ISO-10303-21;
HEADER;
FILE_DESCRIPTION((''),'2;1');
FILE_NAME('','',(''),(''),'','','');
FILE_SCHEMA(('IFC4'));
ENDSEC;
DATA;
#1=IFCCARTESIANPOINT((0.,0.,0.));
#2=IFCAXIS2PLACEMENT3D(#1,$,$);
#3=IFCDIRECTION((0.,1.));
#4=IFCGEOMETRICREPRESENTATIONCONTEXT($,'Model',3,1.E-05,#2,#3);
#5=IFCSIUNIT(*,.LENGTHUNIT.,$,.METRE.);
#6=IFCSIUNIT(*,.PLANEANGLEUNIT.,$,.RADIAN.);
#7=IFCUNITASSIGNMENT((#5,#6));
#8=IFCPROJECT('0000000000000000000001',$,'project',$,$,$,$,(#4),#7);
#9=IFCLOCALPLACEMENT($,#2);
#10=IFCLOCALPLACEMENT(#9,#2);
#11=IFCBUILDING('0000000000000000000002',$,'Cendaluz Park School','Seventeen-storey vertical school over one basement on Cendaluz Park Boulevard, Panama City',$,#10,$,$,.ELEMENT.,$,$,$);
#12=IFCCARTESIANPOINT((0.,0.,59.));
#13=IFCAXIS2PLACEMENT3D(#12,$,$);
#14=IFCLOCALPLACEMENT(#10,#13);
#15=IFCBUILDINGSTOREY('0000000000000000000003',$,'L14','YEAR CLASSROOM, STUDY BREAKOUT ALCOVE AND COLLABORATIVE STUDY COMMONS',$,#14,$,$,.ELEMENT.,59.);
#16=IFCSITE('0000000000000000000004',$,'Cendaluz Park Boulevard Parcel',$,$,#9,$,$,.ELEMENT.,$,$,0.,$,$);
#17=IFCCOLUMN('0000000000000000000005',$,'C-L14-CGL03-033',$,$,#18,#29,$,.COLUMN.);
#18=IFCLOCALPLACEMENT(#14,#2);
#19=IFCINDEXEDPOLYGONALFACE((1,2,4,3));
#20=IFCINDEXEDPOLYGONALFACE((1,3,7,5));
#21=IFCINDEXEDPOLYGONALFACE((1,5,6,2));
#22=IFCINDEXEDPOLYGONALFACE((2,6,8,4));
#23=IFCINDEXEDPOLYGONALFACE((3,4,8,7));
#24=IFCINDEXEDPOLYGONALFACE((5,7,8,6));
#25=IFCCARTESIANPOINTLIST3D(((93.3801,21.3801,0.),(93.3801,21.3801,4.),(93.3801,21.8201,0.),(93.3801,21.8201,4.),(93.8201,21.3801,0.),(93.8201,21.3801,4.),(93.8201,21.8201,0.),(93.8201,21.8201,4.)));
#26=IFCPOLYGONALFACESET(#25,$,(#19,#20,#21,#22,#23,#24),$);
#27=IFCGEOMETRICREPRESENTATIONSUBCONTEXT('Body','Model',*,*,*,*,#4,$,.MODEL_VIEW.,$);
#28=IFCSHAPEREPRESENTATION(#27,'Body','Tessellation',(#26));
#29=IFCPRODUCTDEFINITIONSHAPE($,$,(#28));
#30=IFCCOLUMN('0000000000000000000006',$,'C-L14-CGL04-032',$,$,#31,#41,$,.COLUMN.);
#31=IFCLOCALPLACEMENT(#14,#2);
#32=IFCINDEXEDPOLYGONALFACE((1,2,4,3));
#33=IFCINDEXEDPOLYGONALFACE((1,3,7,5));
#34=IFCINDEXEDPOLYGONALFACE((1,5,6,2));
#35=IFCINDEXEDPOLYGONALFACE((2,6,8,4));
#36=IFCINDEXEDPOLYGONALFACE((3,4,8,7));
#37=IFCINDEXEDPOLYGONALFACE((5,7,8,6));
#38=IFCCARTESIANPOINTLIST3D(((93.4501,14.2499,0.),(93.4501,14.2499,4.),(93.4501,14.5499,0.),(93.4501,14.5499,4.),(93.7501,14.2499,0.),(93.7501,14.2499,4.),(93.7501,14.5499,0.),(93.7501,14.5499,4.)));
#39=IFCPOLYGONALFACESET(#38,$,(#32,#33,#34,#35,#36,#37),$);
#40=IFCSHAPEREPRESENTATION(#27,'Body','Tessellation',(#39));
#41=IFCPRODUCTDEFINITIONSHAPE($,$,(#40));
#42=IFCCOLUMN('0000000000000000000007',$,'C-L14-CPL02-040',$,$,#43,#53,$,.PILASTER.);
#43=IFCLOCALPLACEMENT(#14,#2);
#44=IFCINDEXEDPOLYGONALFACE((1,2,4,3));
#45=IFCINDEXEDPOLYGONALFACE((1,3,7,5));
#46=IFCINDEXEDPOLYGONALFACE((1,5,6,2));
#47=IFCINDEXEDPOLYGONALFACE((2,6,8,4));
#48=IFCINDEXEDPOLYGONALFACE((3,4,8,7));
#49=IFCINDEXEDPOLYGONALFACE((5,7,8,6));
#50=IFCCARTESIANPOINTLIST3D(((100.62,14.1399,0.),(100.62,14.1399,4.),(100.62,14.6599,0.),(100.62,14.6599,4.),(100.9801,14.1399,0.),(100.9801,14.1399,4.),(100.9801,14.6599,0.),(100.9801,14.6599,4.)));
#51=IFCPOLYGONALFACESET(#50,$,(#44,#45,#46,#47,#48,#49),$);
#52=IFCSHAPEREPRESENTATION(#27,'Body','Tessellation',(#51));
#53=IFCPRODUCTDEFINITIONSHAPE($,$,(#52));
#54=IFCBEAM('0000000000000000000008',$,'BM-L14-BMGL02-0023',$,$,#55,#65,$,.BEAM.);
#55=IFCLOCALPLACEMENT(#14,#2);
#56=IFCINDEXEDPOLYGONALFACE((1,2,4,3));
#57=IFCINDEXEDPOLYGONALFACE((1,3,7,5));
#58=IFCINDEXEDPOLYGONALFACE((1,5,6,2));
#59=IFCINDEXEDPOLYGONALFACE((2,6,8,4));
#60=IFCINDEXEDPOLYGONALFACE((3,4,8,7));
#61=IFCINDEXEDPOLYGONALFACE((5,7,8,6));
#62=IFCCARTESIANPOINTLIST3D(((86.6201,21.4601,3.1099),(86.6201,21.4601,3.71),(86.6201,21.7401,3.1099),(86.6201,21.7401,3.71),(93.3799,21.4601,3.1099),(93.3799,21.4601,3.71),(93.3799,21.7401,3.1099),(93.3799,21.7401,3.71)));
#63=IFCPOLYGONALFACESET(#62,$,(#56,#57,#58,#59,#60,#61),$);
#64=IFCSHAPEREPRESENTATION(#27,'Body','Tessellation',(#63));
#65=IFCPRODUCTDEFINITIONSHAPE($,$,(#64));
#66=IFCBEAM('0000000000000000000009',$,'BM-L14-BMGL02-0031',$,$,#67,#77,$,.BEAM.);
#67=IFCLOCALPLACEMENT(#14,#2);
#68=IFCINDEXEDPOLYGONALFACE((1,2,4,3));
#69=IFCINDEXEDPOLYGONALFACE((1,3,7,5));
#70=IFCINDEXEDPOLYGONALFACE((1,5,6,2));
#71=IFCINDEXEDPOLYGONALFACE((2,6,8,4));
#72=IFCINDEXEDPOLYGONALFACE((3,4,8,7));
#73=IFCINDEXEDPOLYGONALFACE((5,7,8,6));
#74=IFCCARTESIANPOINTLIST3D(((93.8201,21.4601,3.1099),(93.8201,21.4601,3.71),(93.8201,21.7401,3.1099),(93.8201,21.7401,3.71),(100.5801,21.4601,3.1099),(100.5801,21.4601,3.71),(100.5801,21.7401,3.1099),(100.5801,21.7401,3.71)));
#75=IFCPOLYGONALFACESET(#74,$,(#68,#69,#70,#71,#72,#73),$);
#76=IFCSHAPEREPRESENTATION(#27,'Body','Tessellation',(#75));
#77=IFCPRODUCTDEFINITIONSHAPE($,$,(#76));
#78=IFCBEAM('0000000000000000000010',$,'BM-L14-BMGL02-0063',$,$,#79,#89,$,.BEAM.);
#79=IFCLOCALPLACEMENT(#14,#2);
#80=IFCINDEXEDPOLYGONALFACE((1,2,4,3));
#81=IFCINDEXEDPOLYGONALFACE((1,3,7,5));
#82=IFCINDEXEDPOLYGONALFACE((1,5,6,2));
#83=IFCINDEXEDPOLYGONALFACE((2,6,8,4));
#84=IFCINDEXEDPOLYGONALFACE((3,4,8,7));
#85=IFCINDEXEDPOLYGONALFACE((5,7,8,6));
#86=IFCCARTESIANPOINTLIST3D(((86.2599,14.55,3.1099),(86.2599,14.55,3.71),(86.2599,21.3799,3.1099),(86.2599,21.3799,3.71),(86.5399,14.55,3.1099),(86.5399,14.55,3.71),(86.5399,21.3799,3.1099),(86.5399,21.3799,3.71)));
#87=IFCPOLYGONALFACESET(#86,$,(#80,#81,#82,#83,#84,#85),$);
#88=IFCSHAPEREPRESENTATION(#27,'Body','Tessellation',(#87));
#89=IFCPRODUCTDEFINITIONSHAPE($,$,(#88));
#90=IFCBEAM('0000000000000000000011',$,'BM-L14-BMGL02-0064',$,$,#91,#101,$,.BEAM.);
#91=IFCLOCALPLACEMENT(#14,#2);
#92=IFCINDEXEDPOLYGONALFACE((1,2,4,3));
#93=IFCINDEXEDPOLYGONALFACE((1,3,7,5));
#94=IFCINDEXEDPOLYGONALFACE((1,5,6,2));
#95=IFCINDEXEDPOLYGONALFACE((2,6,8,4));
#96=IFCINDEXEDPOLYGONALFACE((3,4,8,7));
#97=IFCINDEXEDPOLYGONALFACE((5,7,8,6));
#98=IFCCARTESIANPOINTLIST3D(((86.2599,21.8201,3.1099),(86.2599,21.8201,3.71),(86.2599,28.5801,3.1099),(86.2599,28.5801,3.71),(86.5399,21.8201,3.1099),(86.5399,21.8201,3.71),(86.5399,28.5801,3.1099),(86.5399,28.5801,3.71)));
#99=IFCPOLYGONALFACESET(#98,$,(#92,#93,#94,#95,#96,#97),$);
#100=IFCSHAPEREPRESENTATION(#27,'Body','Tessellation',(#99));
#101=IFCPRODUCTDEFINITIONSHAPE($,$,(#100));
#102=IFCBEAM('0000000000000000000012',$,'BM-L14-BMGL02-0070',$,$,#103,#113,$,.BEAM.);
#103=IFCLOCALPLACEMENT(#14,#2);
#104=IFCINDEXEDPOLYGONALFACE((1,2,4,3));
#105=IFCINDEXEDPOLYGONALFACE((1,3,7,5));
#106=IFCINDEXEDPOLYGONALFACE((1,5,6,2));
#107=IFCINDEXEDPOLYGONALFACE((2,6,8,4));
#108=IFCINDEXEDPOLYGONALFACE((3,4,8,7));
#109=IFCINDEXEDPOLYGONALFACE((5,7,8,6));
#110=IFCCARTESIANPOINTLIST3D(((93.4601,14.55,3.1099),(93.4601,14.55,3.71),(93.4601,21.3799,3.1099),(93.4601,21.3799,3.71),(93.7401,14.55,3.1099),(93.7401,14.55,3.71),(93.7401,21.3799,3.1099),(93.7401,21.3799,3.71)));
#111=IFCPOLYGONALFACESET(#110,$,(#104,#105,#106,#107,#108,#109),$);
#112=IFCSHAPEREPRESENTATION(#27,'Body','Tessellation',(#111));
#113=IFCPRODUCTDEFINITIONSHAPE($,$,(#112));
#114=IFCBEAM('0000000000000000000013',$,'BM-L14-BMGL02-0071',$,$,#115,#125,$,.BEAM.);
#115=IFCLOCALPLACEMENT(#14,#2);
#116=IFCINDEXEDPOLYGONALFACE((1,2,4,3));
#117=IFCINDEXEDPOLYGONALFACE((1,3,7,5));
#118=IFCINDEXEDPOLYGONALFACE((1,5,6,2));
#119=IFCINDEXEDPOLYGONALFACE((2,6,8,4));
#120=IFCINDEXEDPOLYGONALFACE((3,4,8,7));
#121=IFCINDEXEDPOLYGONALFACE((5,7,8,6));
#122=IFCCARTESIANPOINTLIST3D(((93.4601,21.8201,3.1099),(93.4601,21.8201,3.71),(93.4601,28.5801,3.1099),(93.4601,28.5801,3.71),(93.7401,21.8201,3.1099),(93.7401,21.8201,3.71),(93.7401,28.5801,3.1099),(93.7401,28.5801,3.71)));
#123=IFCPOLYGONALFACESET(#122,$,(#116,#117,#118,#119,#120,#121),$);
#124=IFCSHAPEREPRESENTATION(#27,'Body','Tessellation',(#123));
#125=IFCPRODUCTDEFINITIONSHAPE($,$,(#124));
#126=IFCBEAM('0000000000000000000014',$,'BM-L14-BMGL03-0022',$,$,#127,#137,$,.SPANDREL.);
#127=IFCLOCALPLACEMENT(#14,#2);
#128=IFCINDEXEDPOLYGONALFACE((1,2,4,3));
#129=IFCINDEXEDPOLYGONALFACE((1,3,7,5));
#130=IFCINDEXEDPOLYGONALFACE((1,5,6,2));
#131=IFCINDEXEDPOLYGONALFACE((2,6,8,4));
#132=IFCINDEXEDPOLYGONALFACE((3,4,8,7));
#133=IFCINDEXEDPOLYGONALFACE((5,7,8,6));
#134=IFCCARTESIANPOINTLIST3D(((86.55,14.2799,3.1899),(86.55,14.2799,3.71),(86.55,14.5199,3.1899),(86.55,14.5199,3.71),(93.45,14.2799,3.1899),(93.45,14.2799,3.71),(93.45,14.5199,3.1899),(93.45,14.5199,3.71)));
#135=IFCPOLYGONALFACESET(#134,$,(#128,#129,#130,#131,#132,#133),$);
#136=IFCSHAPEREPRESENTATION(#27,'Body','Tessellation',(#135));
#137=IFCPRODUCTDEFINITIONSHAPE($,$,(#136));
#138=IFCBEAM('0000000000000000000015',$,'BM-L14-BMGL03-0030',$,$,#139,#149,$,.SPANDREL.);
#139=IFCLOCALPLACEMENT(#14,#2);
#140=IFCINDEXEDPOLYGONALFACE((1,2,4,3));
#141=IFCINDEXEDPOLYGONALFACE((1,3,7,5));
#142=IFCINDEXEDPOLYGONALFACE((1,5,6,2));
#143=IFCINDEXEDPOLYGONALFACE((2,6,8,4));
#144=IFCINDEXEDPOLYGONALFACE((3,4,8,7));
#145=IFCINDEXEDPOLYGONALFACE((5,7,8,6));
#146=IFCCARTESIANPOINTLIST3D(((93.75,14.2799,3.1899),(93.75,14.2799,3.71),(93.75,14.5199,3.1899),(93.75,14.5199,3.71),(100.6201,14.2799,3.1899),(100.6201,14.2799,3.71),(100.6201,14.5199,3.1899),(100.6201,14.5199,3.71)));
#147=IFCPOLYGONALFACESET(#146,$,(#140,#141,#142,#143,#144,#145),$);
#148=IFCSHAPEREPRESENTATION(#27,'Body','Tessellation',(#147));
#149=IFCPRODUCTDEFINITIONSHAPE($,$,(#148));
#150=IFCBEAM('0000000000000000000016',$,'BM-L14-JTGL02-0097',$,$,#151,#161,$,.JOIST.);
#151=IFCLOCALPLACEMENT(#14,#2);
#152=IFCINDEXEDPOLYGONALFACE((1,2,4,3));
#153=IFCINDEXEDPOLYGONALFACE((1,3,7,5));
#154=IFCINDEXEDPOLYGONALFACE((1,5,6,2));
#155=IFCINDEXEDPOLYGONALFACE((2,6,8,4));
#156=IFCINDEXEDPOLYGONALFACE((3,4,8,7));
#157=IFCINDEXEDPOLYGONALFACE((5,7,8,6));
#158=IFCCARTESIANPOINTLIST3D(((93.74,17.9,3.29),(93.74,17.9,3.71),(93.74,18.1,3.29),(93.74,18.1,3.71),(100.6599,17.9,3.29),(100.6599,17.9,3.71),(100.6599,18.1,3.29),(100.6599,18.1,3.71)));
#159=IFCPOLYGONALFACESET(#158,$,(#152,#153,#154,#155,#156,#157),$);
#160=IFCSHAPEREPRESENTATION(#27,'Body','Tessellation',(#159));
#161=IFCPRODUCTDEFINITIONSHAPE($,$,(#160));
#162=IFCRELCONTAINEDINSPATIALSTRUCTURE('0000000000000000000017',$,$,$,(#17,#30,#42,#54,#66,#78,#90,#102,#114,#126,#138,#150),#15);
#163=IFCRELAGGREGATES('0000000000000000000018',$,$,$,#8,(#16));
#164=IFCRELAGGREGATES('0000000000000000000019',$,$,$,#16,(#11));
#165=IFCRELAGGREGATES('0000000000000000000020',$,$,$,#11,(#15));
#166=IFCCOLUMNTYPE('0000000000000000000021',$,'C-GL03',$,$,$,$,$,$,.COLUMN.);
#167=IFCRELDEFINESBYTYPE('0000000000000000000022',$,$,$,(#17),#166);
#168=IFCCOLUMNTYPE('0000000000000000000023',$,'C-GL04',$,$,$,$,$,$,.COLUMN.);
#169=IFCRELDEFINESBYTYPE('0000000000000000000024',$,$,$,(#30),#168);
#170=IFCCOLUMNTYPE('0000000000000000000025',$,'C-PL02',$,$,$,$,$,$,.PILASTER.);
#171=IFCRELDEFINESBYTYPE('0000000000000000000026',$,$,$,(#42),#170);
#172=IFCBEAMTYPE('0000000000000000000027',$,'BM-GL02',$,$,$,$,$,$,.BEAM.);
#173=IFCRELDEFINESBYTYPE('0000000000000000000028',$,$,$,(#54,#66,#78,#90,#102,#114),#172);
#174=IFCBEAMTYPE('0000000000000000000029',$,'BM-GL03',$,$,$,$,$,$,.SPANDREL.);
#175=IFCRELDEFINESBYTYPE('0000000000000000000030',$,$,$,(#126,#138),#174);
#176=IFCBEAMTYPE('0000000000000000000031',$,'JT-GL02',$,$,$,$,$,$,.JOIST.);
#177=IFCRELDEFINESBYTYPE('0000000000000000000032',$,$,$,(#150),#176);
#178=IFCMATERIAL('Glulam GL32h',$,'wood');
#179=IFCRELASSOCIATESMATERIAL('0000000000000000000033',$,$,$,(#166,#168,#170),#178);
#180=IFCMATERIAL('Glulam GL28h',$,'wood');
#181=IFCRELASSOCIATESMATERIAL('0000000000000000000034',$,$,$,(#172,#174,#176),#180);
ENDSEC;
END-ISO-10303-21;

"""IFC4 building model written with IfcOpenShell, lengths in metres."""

from ifc_helpers import new_model, si_unit, direction, frame, origin, origin_2d, place, context, subcontext, project, spatial, rectangle, extrude, material, material_profile, profile_set, type_object, element, save


model = new_model("IFC4")

# Units and contexts
model_context = context("Model", 3, precision=1e-05, world=origin(), true_north=direction((0.0, 1.0)))
body_context = subcontext(model_context, "Body", "Model", "MODEL_VIEW")
ifc_project = project(units=[si_unit("LENGTHUNIT", "METRE"), si_unit("PLANEANGLEUNIT", "RADIAN")], contexts=[model_context])

# Site, building, storey
site_placement = place(None, origin())
site = spatial("IfcSite", under=ifc_project, at=site_placement, Name="Cendaluz Park Boulevard Parcel", CompositionType="ELEMENT", RefElevation=0.0)
building_placement = place(site_placement, origin())
building = spatial("IfcBuilding", under=site, at=building_placement, Name="Cendaluz Park School", Description="Seventeen-storey vertical school over one basement on Cendaluz Park Boulevard, Panama City", CompositionType="ELEMENT")
storey_placement = place(building_placement, frame((0.0, 0.0, 59.0)))
storey = spatial("IfcBuildingStorey", under=building, at=storey_placement, Name="L14", Description="YEAR CLASSROOM, STUDY BREAKOUT ALCOVE AND COLLABORATIVE STUDY COMMONS", CompositionType="ELEMENT", Elevation=59.0)

# Columns
ifc_material_1 = material(Name="Glulam GL32h", Category="wood")
ifc_material_profile_1 = material_profile(ifc_material_1, rectangle(XDim=0.4399, YDim=0.4399, at=origin_2d()), Name="GL32h 440x440", Category="wood")
ifc_profile_set_1 = profile_set([ifc_material_profile_1], Name="Glulam GL32h")
column_type_1 = type_object("IfcColumnType", Name="C-GL03", PredefinedType="COLUMN", material=ifc_profile_set_1)
column_1_placement = place(storey_placement, frame((93.6001, 21.6001, 0.0), z_axis=(0.0, 0.0, 1.0), x_axis=(1.0, 0.0, 0.0)))
element("IfcColumn", 1, at=column_1_placement, inside=storey, type_object=column_type_1, Name="C-L14-CGL03-033", PredefinedType="COLUMN", context=body_context, shape_type="SweptSolid", body=[
    extrude(rectangle(XDim=0.4399, YDim=0.4399, at=origin_2d()), origin(), (0.0, 0.0, 1.0), 4.0),
])
ifc_material_profile_2 = material_profile(ifc_material_1, rectangle(XDim=0.3, YDim=0.3, at=origin_2d()), Name="GL32h 300x300", Category="wood")
ifc_profile_set_2 = profile_set([ifc_material_profile_2], Name="Glulam GL32h")
column_type_2 = type_object("IfcColumnType", Name="C-GL04", PredefinedType="COLUMN", material=ifc_profile_set_2)
column_2_placement = place(storey_placement, frame((93.6001, 14.3999, 0.0), z_axis=(0.0, 0.0, 1.0), x_axis=(1.0, 0.0, 0.0)))
element("IfcColumn", 2, at=column_2_placement, inside=storey, type_object=column_type_2, Name="C-L14-CGL04-032", PredefinedType="COLUMN", context=body_context, shape_type="SweptSolid", body=[
    extrude(rectangle(XDim=0.3, YDim=0.3, at=origin_2d()), origin(), (0.0, 0.0, 1.0), 4.0),
])
ifc_material_profile_3 = material_profile(ifc_material_1, rectangle(XDim=0.3601, YDim=0.52, at=origin_2d()), Name="GL32h 360x520", Category="wood")
ifc_profile_set_3 = profile_set([ifc_material_profile_3], Name="Glulam GL32h")
column_type_3 = type_object("IfcColumnType", Name="C-PL02", PredefinedType="PILASTER", material=ifc_profile_set_3)
column_3_placement = place(storey_placement, frame((100.8, 14.3999, 0.0), z_axis=(0.0, 0.0, 1.0), x_axis=(1.0, 0.0, 0.0)))
element("IfcColumn", 3, at=column_3_placement, inside=storey, type_object=column_type_3, Name="C-L14-CPL02-040", PredefinedType="PILASTER", context=body_context, shape_type="SweptSolid", body=[
    extrude(rectangle(XDim=0.3601, YDim=0.52, at=origin_2d()), origin(), (0.0, 0.0, 1.0), 4.0),
])

# Beams
ifc_material_2 = material(Name="Glulam GL28h", Category="wood")
ifc_material_profile_4 = material_profile(ifc_material_2, rectangle(XDim=0.28, YDim=0.6001, at=origin_2d()), Name="GL28h 280x600", Category="wood")
ifc_profile_set_4 = profile_set([ifc_material_profile_4], Name="Glulam GL28h")
beam_type_1 = type_object("IfcBeamType", Name="BM-GL02", PredefinedType="BEAM", material=ifc_profile_set_4)
beam_1_placement = place(storey_placement, frame((86.6201, 21.6001, 3.4099), z_axis=(1.0, 0.0, 0.0), x_axis=(0.0, 1.0, 0.0)))
element("IfcBeam", 4, at=beam_1_placement, inside=storey, type_object=beam_type_1, Name="BM-L14-BMGL02-0023", PredefinedType="BEAM", context=body_context, shape_type="SweptSolid", body=[
    extrude(rectangle(XDim=0.28, YDim=0.6001, at=origin_2d()), origin(), (0.0, 0.0, 1.0), 6.7598),
])
beam_2_placement = place(storey_placement, frame((93.8201, 21.6001, 3.4099), z_axis=(1.0, 0.0, 0.0), x_axis=(0.0, 1.0, 0.0)))
element("IfcBeam", 5, at=beam_2_placement, inside=storey, type_object=beam_type_1, Name="BM-L14-BMGL02-0031", PredefinedType="BEAM", context=body_context, shape_type="SweptSolid", body=[
    extrude(rectangle(XDim=0.28, YDim=0.6001, at=origin_2d()), origin(), (0.0, 0.0, 1.0), 6.76),
])
beam_3_placement = place(storey_placement, frame((86.3999, 14.55, 3.4099), z_axis=(0.0, 1.0, 0.0), x_axis=(-1.0, 0.0, 0.0)))
element("IfcBeam", 6, at=beam_3_placement, inside=storey, type_object=beam_type_1, Name="BM-L14-BMGL02-0063", PredefinedType="BEAM", context=body_context, shape_type="SweptSolid", body=[
    extrude(rectangle(XDim=0.28, YDim=0.6001, at=origin_2d()), origin(), (0.0, 0.0, 1.0), 6.8298),
])
beam_4_placement = place(storey_placement, frame((86.3999, 21.8201, 3.4099), z_axis=(0.0, 1.0, 0.0), x_axis=(-1.0, 0.0, 0.0)))
element("IfcBeam", 7, at=beam_4_placement, inside=storey, type_object=beam_type_1, Name="BM-L14-BMGL02-0064", PredefinedType="BEAM", context=body_context, shape_type="SweptSolid", body=[
    extrude(rectangle(XDim=0.28, YDim=0.6001, at=origin_2d()), origin(), (0.0, 0.0, 1.0), 6.76),
])
beam_5_placement = place(storey_placement, frame((93.6001, 14.55, 3.4099), z_axis=(0.0, 1.0, 0.0), x_axis=(-1.0, 0.0, 0.0)))
element("IfcBeam", 8, at=beam_5_placement, inside=storey, type_object=beam_type_1, Name="BM-L14-BMGL02-0070", PredefinedType="BEAM", context=body_context, shape_type="SweptSolid", body=[
    extrude(rectangle(XDim=0.28, YDim=0.6001, at=origin_2d()), origin(), (0.0, 0.0, 1.0), 6.8298),
])
beam_6_placement = place(storey_placement, frame((93.6001, 21.8201, 3.4099), z_axis=(0.0, 1.0, 0.0), x_axis=(-1.0, 0.0, 0.0)))
element("IfcBeam", 9, at=beam_6_placement, inside=storey, type_object=beam_type_1, Name="BM-L14-BMGL02-0071", PredefinedType="BEAM", context=body_context, shape_type="SweptSolid", body=[
    extrude(rectangle(XDim=0.28, YDim=0.6001, at=origin_2d()), origin(), (0.0, 0.0, 1.0), 6.76),
])
ifc_material_profile_5 = material_profile(ifc_material_2, rectangle(XDim=0.24, YDim=0.52, at=origin_2d()), Name="GL28h 240x520", Category="wood")
ifc_profile_set_5 = profile_set([ifc_material_profile_5], Name="Glulam GL28h")
beam_type_2 = type_object("IfcBeamType", Name="BM-GL03", PredefinedType="SPANDREL", material=ifc_profile_set_5)
beam_7_placement = place(storey_placement, frame((86.55, 14.3999, 3.45), z_axis=(1.0, 0.0, 0.0), x_axis=(0.0, 1.0, 0.0)))
element("IfcBeam", 10, at=beam_7_placement, inside=storey, type_object=beam_type_2, Name="BM-L14-BMGL03-0022", PredefinedType="SPANDREL", context=body_context, shape_type="SweptSolid", body=[
    extrude(rectangle(XDim=0.24, YDim=0.52, at=origin_2d()), origin(), (0.0, 0.0, 1.0), 6.8999),
])
beam_8_placement = place(storey_placement, frame((93.75, 14.3999, 3.45), z_axis=(1.0, 0.0, 0.0), x_axis=(0.0, 1.0, 0.0)))
element("IfcBeam", 11, at=beam_8_placement, inside=storey, type_object=beam_type_2, Name="BM-L14-BMGL03-0030", PredefinedType="SPANDREL", context=body_context, shape_type="SweptSolid", body=[
    extrude(rectangle(XDim=0.24, YDim=0.52, at=origin_2d()), origin(), (0.0, 0.0, 1.0), 6.8701),
])
ifc_material_profile_6 = material_profile(ifc_material_2, rectangle(XDim=0.2, YDim=0.4199, at=origin_2d()), Name="GL28h 200x420", Category="wood")
ifc_profile_set_6 = profile_set([ifc_material_profile_6], Name="Glulam GL28h")
beam_type_3 = type_object("IfcBeamType", Name="JT-GL02", PredefinedType="JOIST", material=ifc_profile_set_6)
beam_9_placement = place(storey_placement, frame((93.74, 18.0, 3.5), z_axis=(1.0, 0.0, 0.0), x_axis=(0.0, 1.0, 0.0)))
element("IfcBeam", 12, at=beam_9_placement, inside=storey, type_object=beam_type_3, Name="BM-L14-JTGL02-0097", PredefinedType="JOIST", context=body_context, shape_type="SweptSolid", body=[
    extrude(rectangle(XDim=0.2, YDim=0.4199, at=origin_2d()), origin(), (0.0, 0.0, 1.0), 6.9199),
])

save(model, "model.ifc")
